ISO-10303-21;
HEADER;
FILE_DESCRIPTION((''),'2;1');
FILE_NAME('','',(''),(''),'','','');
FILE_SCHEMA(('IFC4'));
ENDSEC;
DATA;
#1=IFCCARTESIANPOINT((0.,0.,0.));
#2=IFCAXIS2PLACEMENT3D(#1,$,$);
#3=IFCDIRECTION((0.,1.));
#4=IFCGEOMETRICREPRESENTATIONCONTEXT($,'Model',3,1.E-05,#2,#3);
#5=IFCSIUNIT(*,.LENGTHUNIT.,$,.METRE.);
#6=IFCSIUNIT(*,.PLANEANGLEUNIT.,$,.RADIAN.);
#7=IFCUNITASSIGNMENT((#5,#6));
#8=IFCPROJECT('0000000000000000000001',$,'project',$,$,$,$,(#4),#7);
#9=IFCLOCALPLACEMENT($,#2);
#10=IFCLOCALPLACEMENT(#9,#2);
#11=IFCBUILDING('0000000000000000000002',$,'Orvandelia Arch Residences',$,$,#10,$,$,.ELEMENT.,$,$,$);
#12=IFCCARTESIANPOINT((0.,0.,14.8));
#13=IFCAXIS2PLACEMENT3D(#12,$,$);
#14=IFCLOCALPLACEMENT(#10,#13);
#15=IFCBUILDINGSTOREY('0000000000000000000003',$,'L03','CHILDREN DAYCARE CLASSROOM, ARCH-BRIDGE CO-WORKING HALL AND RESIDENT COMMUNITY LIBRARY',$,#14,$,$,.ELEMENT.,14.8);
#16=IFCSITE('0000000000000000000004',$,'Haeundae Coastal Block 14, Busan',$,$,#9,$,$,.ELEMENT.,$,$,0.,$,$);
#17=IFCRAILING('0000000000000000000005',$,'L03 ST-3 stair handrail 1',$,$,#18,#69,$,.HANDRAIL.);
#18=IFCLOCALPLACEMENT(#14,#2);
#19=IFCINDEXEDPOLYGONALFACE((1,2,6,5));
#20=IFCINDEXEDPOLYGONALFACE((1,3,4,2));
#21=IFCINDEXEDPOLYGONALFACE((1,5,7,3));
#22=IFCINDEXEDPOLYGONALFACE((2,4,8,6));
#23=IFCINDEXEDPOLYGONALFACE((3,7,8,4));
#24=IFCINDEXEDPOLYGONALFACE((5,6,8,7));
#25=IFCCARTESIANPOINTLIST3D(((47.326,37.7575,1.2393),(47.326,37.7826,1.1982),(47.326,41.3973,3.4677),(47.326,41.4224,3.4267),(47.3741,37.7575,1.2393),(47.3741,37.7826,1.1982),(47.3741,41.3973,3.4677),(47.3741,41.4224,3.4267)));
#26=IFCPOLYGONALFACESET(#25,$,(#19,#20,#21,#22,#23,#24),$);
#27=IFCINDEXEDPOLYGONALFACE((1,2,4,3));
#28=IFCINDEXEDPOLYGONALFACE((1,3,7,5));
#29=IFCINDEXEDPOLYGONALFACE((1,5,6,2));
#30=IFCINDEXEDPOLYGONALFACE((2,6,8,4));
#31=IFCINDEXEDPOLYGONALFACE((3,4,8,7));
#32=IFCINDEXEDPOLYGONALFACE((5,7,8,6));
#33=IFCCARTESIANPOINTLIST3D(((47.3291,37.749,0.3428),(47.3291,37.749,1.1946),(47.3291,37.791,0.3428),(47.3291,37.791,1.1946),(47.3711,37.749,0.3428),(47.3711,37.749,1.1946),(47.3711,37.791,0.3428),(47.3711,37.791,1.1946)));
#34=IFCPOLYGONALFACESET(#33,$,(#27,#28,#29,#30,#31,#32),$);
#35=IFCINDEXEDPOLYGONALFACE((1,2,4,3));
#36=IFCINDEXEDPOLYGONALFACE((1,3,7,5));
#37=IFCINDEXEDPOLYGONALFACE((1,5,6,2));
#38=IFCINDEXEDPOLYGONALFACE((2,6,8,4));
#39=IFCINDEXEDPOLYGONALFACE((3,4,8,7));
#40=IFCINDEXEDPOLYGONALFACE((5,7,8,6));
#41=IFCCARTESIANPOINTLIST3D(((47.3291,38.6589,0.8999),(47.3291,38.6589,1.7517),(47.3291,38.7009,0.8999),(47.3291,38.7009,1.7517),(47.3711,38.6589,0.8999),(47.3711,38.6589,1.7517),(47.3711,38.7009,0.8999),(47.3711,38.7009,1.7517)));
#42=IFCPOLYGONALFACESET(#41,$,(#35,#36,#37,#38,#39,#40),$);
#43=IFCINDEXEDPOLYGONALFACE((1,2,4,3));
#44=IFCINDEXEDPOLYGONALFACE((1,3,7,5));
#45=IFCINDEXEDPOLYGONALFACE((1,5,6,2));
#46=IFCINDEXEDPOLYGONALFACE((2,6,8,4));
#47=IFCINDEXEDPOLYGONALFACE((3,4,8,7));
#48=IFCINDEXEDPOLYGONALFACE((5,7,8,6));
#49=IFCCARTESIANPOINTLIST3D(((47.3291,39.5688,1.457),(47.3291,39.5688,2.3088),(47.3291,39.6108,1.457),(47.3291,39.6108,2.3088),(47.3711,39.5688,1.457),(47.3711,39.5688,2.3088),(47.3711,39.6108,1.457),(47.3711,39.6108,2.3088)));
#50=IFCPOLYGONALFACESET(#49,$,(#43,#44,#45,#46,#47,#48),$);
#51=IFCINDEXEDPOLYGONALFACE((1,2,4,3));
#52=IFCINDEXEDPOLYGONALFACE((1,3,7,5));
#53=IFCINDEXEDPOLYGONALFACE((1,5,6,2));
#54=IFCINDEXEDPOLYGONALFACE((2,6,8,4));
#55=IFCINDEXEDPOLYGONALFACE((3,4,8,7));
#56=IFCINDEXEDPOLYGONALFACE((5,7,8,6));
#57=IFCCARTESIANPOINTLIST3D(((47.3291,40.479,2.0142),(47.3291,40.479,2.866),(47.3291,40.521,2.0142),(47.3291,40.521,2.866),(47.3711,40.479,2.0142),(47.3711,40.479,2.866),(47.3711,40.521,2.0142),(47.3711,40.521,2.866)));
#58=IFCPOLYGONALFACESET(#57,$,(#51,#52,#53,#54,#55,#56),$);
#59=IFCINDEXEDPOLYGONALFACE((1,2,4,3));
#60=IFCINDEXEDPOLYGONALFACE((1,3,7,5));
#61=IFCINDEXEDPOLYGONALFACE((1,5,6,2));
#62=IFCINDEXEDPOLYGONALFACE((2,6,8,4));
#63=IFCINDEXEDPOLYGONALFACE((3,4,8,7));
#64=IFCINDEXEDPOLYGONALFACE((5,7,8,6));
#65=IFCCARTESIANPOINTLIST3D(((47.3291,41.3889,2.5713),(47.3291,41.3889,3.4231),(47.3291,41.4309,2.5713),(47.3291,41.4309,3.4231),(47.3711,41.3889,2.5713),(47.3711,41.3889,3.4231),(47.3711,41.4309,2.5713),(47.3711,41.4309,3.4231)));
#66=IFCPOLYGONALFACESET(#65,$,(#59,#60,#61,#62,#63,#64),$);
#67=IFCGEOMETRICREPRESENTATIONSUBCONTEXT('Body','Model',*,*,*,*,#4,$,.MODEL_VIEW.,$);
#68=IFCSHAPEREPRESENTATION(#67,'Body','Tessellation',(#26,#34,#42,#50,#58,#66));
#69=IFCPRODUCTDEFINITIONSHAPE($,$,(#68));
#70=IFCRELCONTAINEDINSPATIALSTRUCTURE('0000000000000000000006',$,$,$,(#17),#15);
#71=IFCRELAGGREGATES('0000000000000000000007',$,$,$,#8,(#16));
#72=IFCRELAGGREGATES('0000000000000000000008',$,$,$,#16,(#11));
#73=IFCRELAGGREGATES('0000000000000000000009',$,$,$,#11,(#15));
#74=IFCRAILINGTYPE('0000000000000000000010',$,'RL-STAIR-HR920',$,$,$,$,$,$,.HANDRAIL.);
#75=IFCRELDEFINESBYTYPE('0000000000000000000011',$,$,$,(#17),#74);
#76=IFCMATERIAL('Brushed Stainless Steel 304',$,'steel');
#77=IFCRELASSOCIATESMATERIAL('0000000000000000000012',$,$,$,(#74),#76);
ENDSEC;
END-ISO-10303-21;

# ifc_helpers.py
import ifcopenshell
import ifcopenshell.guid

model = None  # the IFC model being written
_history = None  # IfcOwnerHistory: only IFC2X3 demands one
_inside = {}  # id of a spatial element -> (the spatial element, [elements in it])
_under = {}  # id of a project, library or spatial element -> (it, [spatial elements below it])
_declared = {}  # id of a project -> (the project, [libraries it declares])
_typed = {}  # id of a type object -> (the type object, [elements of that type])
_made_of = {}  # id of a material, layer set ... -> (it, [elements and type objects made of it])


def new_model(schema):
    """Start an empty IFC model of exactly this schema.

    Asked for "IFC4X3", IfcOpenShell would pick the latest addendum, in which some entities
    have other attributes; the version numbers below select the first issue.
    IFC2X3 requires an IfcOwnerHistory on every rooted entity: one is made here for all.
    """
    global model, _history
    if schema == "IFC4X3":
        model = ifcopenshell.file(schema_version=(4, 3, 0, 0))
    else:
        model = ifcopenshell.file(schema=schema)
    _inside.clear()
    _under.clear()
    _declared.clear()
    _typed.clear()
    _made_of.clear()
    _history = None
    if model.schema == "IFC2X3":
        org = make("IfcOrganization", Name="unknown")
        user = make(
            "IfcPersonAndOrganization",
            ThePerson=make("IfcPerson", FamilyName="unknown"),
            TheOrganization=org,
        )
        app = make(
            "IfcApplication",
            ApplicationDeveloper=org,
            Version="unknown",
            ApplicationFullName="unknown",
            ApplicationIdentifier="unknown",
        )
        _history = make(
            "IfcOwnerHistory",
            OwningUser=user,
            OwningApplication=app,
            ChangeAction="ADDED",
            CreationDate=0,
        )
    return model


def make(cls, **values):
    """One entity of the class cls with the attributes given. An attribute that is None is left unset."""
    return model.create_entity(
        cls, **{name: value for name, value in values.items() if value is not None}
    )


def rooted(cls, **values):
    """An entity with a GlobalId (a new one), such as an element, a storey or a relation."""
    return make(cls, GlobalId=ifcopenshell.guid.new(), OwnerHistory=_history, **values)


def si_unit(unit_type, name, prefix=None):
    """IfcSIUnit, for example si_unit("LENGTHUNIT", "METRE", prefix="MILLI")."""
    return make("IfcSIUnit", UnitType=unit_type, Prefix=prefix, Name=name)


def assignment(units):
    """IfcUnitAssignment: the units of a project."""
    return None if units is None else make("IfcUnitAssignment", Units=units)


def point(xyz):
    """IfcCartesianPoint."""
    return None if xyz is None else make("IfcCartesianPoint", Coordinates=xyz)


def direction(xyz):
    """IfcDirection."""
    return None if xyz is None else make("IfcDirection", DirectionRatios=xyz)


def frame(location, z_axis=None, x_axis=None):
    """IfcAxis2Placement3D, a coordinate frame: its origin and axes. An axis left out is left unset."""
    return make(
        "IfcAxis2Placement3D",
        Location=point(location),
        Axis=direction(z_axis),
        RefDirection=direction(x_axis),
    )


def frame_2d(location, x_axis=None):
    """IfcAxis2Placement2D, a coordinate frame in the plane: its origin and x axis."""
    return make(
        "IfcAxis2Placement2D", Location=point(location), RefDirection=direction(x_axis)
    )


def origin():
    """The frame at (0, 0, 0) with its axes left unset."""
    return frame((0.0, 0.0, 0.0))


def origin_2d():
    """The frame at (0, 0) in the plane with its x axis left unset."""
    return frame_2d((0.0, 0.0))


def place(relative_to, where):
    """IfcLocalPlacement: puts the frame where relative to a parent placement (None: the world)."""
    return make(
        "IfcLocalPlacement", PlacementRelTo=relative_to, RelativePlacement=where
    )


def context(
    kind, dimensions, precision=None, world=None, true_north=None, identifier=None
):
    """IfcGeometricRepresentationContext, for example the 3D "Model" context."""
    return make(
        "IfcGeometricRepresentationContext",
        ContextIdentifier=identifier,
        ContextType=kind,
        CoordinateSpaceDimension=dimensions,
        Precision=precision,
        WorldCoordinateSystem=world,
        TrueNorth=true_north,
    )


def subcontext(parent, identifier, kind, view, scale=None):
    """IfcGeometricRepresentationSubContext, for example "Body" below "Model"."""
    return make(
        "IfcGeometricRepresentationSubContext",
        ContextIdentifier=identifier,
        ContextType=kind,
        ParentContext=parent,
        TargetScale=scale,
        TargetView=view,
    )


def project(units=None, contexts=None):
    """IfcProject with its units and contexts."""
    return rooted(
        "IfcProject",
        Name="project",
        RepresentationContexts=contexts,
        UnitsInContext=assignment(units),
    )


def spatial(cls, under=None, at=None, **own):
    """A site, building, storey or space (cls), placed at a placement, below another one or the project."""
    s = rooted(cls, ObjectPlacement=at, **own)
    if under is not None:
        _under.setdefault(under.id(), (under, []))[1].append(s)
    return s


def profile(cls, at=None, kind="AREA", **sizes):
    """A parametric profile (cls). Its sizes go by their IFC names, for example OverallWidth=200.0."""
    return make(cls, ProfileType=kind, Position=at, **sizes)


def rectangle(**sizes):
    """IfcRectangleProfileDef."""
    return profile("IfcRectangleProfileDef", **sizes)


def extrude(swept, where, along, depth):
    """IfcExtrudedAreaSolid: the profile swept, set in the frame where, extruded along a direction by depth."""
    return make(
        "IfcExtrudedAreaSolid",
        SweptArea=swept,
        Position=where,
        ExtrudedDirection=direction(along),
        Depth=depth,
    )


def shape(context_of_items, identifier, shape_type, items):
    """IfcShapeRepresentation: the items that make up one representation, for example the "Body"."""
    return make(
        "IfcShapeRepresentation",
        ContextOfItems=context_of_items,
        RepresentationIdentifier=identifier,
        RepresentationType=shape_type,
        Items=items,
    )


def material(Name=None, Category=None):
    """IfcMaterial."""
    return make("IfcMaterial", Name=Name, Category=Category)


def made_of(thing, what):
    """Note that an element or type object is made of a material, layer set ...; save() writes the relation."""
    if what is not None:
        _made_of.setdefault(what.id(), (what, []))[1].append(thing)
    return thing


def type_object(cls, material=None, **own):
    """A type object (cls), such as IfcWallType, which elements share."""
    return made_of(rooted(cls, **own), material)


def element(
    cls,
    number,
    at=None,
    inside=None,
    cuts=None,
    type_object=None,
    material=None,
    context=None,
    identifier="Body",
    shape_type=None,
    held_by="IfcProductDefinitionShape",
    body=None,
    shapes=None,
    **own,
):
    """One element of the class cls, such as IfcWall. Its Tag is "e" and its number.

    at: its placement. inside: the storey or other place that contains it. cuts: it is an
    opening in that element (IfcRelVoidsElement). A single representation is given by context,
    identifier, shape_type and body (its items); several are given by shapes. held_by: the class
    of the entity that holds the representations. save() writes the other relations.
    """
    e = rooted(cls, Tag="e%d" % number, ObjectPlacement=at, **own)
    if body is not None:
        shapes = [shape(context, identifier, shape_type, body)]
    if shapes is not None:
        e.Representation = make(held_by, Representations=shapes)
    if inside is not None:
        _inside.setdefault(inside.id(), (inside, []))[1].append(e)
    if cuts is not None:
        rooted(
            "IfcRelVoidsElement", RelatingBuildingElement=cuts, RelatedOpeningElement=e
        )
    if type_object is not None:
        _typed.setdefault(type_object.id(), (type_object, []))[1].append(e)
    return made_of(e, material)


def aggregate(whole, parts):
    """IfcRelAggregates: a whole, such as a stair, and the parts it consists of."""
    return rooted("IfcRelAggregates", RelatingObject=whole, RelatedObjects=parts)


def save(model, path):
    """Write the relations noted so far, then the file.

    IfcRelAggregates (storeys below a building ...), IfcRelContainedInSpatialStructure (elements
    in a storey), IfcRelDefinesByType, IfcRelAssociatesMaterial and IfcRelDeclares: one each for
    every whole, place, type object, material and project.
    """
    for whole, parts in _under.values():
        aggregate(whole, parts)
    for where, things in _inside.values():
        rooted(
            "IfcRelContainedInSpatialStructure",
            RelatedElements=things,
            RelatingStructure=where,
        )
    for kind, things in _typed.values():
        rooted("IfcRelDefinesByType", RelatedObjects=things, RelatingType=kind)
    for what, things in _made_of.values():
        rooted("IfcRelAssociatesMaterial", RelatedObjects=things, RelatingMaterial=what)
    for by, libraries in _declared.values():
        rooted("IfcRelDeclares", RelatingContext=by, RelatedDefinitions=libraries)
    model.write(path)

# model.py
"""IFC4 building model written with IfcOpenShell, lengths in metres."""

from ifc_helpers import new_model, si_unit, direction, frame, origin, origin_2d, place, context, subcontext, project, spatial, rectangle, extrude, material, type_object, element, save


model = new_model("IFC4")

# Units and contexts
model_context = context("Model", 3, precision=1e-05, world=origin(), true_north=direction((0.0, 1.0)))
body_context = subcontext(model_context, "Body", "Model", "MODEL_VIEW")
ifc_project = project(units=[si_unit("LENGTHUNIT", "METRE"), si_unit("PLANEANGLEUNIT", "RADIAN")], contexts=[model_context])

# Site, building, storey
site_placement = place(None, origin())
site = spatial("IfcSite", under=ifc_project, at=site_placement, Name="Haeundae Coastal Block 14, Busan", CompositionType="ELEMENT", RefElevation=0.0)
building_placement = place(site_placement, origin())
building = spatial("IfcBuilding", under=site, at=building_placement, Name="Orvandelia Arch Residences", CompositionType="ELEMENT")
storey_placement = place(building_placement, frame((0.0, 0.0, 14.8)))
storey = spatial("IfcBuildingStorey", under=building, at=storey_placement, Name="L03", Description="CHILDREN DAYCARE CLASSROOM, ARCH-BRIDGE CO-WORKING HALL AND RESIDENT COMMUNITY LIBRARY", CompositionType="ELEMENT", Elevation=14.8)

# Railing
ifc_material_1 = material(Name="Brushed Stainless Steel 304", Category="steel")
railing_type_1 = type_object("IfcRailingType", Name="RL-STAIR-HR920", PredefinedType="HANDRAIL", material=ifc_material_1)
railing_1_placement = place(storey_placement, frame((47.3501, 37.77, 0.3428)))
element("IfcRailing", 1, at=railing_1_placement, inside=storey, type_object=railing_type_1, Name="L03 ST-3 stair handrail 1", PredefinedType="HANDRAIL", context=body_context, shape_type="SweptSolid", body=[
    extrude(rectangle(XDim=0.0481, YDim=0.0481, at=origin_2d()), frame((0.0, 0.0, 0.876), z_axis=(0.0, 0.85285, 0.522156), x_axis=(-1.0, 0.0, 0.0)), (0.0, 0.0, 1.0), 4.2678),
    extrude(rectangle(XDim=0.042, YDim=0.042, at=origin_2d()), origin(), (0.0, 0.0, 1.0), 0.8518),
    extrude(rectangle(XDim=0.042, YDim=0.042, at=origin_2d()), frame((0.0, 0.9099, 0.5571)), (0.0, 0.0, 1.0), 0.8518),
    extrude(rectangle(XDim=0.042, YDim=0.042, at=origin_2d()), frame((0.0, 1.8198, 1.1143)), (0.0, 0.0, 1.0), 0.8518),
    extrude(rectangle(XDim=0.042, YDim=0.042, at=origin_2d()), frame((0.0, 2.73, 1.6714)), (0.0, 0.0, 1.0), 0.8518),
    extrude(rectangle(XDim=0.042, YDim=0.042, at=origin_2d()), frame((0.0, 3.6399, 2.2285)), (0.0, 0.0, 1.0), 0.8518),
])

save(model, "model.ifc")
